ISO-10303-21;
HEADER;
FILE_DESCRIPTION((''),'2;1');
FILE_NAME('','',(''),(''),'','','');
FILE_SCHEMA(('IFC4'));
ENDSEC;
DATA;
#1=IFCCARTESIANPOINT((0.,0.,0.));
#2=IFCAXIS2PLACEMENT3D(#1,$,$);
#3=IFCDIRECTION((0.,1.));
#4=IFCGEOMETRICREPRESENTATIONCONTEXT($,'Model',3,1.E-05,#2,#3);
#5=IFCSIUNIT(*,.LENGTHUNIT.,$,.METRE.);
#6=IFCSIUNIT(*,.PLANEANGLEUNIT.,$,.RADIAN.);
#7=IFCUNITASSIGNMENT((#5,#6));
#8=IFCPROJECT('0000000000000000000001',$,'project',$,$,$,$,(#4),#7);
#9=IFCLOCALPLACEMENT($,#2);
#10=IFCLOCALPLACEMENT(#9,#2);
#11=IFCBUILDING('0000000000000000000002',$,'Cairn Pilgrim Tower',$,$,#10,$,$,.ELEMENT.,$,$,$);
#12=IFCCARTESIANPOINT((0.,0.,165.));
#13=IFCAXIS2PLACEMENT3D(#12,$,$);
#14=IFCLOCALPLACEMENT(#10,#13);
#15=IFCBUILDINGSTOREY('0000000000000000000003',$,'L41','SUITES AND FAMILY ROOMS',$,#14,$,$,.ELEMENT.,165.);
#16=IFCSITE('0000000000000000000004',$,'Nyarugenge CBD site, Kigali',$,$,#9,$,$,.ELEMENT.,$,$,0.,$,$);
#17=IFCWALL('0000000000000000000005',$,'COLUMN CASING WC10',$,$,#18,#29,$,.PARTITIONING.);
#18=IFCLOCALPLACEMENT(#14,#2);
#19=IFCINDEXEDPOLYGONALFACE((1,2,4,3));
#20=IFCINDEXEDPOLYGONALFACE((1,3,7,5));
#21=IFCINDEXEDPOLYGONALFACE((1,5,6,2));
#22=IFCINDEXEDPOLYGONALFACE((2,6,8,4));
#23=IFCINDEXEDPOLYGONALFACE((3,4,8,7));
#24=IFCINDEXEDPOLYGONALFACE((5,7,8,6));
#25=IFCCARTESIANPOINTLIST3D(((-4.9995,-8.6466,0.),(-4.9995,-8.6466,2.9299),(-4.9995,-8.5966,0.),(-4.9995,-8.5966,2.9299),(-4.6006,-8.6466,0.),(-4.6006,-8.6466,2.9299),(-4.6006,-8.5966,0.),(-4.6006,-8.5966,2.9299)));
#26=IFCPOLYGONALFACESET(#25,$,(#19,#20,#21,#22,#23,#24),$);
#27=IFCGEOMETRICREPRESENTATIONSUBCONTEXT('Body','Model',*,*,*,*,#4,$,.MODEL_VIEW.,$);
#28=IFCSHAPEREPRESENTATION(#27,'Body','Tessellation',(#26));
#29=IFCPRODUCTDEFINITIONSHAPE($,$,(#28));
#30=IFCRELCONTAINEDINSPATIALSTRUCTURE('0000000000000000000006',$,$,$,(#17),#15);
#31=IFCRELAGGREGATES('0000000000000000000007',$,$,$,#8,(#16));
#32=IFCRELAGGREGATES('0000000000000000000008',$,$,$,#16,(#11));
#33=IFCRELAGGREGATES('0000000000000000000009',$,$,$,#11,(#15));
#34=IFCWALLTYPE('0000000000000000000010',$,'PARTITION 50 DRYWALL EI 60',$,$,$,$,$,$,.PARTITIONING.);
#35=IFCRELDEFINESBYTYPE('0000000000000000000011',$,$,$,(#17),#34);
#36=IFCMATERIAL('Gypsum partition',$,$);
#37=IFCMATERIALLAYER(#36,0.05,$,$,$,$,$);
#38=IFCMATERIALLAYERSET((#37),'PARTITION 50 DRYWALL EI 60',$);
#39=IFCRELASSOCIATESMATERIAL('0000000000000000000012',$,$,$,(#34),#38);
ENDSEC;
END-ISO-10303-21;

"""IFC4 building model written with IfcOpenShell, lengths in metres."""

from ifc_helpers import new_model, si_unit, direction, frame, frame_2d, origin, place, context, subcontext, project, spatial, rectangle, extrude, material, layer, layer_set, type_object, element, save


model = new_model("IFC4")

# Units and contexts
model_context = context("Model", 3, precision=1e-05, world=origin(), true_north=direction((0.0, 1.0)))
body_context = subcontext(model_context, "Body", "Model", "MODEL_VIEW")
ifc_project = project(units=[si_unit("LENGTHUNIT", "METRE"), si_unit("PLANEANGLEUNIT", "RADIAN")], contexts=[model_context])

# Site, building, storey
site_placement = place(None, origin())
site = spatial("IfcSite", under=ifc_project, at=site_placement, Name="Nyarugenge CBD site, Kigali", CompositionType="ELEMENT", RefElevation=0.0)
building_placement = place(site_placement, origin())
building = spatial("IfcBuilding", under=site, at=building_placement, Name="Cairn Pilgrim Tower", CompositionType="ELEMENT")
storey_placement = place(building_placement, frame((0.0, 0.0, 165.0)))
storey = spatial("IfcBuildingStorey", under=building, at=storey_placement, Name="L41", Description="SUITES AND FAMILY ROOMS", CompositionType="ELEMENT", Elevation=165.0)

# Shared definitions
ifc_material_1 = material(Name="Gypsum partition")

# Wall
ifc_layer_1 = layer(ifc_material_1, 0.05)
ifc_layer_set_1 = layer_set([ifc_layer_1], Name="PARTITION 50 DRYWALL EI 60")
wall_type_1 = type_object("IfcWallType", Name="PARTITION 50 DRYWALL EI 60", PredefinedType="PARTITIONING", material=ifc_layer_set_1)
wall_1_placement = place(storey_placement, frame((-4.9995, -8.6216, 0.0), z_axis=(0.0, 0.0, 1.0), x_axis=(1.0, 0.0, 0.0)))
element("IfcWall", 1, at=wall_1_placement, inside=storey, type_object=wall_type_1, Name="COLUMN CASING WC10", PredefinedType="PARTITIONING", context=body_context, shape_type="SweptSolid", body=[
    extrude(rectangle(XDim=0.3989, YDim=0.05, at=frame_2d((0.1995, 0.0))), origin(), (0.0, 0.0, 1.0), 2.9299),
])

save(model, "model.ifc")
